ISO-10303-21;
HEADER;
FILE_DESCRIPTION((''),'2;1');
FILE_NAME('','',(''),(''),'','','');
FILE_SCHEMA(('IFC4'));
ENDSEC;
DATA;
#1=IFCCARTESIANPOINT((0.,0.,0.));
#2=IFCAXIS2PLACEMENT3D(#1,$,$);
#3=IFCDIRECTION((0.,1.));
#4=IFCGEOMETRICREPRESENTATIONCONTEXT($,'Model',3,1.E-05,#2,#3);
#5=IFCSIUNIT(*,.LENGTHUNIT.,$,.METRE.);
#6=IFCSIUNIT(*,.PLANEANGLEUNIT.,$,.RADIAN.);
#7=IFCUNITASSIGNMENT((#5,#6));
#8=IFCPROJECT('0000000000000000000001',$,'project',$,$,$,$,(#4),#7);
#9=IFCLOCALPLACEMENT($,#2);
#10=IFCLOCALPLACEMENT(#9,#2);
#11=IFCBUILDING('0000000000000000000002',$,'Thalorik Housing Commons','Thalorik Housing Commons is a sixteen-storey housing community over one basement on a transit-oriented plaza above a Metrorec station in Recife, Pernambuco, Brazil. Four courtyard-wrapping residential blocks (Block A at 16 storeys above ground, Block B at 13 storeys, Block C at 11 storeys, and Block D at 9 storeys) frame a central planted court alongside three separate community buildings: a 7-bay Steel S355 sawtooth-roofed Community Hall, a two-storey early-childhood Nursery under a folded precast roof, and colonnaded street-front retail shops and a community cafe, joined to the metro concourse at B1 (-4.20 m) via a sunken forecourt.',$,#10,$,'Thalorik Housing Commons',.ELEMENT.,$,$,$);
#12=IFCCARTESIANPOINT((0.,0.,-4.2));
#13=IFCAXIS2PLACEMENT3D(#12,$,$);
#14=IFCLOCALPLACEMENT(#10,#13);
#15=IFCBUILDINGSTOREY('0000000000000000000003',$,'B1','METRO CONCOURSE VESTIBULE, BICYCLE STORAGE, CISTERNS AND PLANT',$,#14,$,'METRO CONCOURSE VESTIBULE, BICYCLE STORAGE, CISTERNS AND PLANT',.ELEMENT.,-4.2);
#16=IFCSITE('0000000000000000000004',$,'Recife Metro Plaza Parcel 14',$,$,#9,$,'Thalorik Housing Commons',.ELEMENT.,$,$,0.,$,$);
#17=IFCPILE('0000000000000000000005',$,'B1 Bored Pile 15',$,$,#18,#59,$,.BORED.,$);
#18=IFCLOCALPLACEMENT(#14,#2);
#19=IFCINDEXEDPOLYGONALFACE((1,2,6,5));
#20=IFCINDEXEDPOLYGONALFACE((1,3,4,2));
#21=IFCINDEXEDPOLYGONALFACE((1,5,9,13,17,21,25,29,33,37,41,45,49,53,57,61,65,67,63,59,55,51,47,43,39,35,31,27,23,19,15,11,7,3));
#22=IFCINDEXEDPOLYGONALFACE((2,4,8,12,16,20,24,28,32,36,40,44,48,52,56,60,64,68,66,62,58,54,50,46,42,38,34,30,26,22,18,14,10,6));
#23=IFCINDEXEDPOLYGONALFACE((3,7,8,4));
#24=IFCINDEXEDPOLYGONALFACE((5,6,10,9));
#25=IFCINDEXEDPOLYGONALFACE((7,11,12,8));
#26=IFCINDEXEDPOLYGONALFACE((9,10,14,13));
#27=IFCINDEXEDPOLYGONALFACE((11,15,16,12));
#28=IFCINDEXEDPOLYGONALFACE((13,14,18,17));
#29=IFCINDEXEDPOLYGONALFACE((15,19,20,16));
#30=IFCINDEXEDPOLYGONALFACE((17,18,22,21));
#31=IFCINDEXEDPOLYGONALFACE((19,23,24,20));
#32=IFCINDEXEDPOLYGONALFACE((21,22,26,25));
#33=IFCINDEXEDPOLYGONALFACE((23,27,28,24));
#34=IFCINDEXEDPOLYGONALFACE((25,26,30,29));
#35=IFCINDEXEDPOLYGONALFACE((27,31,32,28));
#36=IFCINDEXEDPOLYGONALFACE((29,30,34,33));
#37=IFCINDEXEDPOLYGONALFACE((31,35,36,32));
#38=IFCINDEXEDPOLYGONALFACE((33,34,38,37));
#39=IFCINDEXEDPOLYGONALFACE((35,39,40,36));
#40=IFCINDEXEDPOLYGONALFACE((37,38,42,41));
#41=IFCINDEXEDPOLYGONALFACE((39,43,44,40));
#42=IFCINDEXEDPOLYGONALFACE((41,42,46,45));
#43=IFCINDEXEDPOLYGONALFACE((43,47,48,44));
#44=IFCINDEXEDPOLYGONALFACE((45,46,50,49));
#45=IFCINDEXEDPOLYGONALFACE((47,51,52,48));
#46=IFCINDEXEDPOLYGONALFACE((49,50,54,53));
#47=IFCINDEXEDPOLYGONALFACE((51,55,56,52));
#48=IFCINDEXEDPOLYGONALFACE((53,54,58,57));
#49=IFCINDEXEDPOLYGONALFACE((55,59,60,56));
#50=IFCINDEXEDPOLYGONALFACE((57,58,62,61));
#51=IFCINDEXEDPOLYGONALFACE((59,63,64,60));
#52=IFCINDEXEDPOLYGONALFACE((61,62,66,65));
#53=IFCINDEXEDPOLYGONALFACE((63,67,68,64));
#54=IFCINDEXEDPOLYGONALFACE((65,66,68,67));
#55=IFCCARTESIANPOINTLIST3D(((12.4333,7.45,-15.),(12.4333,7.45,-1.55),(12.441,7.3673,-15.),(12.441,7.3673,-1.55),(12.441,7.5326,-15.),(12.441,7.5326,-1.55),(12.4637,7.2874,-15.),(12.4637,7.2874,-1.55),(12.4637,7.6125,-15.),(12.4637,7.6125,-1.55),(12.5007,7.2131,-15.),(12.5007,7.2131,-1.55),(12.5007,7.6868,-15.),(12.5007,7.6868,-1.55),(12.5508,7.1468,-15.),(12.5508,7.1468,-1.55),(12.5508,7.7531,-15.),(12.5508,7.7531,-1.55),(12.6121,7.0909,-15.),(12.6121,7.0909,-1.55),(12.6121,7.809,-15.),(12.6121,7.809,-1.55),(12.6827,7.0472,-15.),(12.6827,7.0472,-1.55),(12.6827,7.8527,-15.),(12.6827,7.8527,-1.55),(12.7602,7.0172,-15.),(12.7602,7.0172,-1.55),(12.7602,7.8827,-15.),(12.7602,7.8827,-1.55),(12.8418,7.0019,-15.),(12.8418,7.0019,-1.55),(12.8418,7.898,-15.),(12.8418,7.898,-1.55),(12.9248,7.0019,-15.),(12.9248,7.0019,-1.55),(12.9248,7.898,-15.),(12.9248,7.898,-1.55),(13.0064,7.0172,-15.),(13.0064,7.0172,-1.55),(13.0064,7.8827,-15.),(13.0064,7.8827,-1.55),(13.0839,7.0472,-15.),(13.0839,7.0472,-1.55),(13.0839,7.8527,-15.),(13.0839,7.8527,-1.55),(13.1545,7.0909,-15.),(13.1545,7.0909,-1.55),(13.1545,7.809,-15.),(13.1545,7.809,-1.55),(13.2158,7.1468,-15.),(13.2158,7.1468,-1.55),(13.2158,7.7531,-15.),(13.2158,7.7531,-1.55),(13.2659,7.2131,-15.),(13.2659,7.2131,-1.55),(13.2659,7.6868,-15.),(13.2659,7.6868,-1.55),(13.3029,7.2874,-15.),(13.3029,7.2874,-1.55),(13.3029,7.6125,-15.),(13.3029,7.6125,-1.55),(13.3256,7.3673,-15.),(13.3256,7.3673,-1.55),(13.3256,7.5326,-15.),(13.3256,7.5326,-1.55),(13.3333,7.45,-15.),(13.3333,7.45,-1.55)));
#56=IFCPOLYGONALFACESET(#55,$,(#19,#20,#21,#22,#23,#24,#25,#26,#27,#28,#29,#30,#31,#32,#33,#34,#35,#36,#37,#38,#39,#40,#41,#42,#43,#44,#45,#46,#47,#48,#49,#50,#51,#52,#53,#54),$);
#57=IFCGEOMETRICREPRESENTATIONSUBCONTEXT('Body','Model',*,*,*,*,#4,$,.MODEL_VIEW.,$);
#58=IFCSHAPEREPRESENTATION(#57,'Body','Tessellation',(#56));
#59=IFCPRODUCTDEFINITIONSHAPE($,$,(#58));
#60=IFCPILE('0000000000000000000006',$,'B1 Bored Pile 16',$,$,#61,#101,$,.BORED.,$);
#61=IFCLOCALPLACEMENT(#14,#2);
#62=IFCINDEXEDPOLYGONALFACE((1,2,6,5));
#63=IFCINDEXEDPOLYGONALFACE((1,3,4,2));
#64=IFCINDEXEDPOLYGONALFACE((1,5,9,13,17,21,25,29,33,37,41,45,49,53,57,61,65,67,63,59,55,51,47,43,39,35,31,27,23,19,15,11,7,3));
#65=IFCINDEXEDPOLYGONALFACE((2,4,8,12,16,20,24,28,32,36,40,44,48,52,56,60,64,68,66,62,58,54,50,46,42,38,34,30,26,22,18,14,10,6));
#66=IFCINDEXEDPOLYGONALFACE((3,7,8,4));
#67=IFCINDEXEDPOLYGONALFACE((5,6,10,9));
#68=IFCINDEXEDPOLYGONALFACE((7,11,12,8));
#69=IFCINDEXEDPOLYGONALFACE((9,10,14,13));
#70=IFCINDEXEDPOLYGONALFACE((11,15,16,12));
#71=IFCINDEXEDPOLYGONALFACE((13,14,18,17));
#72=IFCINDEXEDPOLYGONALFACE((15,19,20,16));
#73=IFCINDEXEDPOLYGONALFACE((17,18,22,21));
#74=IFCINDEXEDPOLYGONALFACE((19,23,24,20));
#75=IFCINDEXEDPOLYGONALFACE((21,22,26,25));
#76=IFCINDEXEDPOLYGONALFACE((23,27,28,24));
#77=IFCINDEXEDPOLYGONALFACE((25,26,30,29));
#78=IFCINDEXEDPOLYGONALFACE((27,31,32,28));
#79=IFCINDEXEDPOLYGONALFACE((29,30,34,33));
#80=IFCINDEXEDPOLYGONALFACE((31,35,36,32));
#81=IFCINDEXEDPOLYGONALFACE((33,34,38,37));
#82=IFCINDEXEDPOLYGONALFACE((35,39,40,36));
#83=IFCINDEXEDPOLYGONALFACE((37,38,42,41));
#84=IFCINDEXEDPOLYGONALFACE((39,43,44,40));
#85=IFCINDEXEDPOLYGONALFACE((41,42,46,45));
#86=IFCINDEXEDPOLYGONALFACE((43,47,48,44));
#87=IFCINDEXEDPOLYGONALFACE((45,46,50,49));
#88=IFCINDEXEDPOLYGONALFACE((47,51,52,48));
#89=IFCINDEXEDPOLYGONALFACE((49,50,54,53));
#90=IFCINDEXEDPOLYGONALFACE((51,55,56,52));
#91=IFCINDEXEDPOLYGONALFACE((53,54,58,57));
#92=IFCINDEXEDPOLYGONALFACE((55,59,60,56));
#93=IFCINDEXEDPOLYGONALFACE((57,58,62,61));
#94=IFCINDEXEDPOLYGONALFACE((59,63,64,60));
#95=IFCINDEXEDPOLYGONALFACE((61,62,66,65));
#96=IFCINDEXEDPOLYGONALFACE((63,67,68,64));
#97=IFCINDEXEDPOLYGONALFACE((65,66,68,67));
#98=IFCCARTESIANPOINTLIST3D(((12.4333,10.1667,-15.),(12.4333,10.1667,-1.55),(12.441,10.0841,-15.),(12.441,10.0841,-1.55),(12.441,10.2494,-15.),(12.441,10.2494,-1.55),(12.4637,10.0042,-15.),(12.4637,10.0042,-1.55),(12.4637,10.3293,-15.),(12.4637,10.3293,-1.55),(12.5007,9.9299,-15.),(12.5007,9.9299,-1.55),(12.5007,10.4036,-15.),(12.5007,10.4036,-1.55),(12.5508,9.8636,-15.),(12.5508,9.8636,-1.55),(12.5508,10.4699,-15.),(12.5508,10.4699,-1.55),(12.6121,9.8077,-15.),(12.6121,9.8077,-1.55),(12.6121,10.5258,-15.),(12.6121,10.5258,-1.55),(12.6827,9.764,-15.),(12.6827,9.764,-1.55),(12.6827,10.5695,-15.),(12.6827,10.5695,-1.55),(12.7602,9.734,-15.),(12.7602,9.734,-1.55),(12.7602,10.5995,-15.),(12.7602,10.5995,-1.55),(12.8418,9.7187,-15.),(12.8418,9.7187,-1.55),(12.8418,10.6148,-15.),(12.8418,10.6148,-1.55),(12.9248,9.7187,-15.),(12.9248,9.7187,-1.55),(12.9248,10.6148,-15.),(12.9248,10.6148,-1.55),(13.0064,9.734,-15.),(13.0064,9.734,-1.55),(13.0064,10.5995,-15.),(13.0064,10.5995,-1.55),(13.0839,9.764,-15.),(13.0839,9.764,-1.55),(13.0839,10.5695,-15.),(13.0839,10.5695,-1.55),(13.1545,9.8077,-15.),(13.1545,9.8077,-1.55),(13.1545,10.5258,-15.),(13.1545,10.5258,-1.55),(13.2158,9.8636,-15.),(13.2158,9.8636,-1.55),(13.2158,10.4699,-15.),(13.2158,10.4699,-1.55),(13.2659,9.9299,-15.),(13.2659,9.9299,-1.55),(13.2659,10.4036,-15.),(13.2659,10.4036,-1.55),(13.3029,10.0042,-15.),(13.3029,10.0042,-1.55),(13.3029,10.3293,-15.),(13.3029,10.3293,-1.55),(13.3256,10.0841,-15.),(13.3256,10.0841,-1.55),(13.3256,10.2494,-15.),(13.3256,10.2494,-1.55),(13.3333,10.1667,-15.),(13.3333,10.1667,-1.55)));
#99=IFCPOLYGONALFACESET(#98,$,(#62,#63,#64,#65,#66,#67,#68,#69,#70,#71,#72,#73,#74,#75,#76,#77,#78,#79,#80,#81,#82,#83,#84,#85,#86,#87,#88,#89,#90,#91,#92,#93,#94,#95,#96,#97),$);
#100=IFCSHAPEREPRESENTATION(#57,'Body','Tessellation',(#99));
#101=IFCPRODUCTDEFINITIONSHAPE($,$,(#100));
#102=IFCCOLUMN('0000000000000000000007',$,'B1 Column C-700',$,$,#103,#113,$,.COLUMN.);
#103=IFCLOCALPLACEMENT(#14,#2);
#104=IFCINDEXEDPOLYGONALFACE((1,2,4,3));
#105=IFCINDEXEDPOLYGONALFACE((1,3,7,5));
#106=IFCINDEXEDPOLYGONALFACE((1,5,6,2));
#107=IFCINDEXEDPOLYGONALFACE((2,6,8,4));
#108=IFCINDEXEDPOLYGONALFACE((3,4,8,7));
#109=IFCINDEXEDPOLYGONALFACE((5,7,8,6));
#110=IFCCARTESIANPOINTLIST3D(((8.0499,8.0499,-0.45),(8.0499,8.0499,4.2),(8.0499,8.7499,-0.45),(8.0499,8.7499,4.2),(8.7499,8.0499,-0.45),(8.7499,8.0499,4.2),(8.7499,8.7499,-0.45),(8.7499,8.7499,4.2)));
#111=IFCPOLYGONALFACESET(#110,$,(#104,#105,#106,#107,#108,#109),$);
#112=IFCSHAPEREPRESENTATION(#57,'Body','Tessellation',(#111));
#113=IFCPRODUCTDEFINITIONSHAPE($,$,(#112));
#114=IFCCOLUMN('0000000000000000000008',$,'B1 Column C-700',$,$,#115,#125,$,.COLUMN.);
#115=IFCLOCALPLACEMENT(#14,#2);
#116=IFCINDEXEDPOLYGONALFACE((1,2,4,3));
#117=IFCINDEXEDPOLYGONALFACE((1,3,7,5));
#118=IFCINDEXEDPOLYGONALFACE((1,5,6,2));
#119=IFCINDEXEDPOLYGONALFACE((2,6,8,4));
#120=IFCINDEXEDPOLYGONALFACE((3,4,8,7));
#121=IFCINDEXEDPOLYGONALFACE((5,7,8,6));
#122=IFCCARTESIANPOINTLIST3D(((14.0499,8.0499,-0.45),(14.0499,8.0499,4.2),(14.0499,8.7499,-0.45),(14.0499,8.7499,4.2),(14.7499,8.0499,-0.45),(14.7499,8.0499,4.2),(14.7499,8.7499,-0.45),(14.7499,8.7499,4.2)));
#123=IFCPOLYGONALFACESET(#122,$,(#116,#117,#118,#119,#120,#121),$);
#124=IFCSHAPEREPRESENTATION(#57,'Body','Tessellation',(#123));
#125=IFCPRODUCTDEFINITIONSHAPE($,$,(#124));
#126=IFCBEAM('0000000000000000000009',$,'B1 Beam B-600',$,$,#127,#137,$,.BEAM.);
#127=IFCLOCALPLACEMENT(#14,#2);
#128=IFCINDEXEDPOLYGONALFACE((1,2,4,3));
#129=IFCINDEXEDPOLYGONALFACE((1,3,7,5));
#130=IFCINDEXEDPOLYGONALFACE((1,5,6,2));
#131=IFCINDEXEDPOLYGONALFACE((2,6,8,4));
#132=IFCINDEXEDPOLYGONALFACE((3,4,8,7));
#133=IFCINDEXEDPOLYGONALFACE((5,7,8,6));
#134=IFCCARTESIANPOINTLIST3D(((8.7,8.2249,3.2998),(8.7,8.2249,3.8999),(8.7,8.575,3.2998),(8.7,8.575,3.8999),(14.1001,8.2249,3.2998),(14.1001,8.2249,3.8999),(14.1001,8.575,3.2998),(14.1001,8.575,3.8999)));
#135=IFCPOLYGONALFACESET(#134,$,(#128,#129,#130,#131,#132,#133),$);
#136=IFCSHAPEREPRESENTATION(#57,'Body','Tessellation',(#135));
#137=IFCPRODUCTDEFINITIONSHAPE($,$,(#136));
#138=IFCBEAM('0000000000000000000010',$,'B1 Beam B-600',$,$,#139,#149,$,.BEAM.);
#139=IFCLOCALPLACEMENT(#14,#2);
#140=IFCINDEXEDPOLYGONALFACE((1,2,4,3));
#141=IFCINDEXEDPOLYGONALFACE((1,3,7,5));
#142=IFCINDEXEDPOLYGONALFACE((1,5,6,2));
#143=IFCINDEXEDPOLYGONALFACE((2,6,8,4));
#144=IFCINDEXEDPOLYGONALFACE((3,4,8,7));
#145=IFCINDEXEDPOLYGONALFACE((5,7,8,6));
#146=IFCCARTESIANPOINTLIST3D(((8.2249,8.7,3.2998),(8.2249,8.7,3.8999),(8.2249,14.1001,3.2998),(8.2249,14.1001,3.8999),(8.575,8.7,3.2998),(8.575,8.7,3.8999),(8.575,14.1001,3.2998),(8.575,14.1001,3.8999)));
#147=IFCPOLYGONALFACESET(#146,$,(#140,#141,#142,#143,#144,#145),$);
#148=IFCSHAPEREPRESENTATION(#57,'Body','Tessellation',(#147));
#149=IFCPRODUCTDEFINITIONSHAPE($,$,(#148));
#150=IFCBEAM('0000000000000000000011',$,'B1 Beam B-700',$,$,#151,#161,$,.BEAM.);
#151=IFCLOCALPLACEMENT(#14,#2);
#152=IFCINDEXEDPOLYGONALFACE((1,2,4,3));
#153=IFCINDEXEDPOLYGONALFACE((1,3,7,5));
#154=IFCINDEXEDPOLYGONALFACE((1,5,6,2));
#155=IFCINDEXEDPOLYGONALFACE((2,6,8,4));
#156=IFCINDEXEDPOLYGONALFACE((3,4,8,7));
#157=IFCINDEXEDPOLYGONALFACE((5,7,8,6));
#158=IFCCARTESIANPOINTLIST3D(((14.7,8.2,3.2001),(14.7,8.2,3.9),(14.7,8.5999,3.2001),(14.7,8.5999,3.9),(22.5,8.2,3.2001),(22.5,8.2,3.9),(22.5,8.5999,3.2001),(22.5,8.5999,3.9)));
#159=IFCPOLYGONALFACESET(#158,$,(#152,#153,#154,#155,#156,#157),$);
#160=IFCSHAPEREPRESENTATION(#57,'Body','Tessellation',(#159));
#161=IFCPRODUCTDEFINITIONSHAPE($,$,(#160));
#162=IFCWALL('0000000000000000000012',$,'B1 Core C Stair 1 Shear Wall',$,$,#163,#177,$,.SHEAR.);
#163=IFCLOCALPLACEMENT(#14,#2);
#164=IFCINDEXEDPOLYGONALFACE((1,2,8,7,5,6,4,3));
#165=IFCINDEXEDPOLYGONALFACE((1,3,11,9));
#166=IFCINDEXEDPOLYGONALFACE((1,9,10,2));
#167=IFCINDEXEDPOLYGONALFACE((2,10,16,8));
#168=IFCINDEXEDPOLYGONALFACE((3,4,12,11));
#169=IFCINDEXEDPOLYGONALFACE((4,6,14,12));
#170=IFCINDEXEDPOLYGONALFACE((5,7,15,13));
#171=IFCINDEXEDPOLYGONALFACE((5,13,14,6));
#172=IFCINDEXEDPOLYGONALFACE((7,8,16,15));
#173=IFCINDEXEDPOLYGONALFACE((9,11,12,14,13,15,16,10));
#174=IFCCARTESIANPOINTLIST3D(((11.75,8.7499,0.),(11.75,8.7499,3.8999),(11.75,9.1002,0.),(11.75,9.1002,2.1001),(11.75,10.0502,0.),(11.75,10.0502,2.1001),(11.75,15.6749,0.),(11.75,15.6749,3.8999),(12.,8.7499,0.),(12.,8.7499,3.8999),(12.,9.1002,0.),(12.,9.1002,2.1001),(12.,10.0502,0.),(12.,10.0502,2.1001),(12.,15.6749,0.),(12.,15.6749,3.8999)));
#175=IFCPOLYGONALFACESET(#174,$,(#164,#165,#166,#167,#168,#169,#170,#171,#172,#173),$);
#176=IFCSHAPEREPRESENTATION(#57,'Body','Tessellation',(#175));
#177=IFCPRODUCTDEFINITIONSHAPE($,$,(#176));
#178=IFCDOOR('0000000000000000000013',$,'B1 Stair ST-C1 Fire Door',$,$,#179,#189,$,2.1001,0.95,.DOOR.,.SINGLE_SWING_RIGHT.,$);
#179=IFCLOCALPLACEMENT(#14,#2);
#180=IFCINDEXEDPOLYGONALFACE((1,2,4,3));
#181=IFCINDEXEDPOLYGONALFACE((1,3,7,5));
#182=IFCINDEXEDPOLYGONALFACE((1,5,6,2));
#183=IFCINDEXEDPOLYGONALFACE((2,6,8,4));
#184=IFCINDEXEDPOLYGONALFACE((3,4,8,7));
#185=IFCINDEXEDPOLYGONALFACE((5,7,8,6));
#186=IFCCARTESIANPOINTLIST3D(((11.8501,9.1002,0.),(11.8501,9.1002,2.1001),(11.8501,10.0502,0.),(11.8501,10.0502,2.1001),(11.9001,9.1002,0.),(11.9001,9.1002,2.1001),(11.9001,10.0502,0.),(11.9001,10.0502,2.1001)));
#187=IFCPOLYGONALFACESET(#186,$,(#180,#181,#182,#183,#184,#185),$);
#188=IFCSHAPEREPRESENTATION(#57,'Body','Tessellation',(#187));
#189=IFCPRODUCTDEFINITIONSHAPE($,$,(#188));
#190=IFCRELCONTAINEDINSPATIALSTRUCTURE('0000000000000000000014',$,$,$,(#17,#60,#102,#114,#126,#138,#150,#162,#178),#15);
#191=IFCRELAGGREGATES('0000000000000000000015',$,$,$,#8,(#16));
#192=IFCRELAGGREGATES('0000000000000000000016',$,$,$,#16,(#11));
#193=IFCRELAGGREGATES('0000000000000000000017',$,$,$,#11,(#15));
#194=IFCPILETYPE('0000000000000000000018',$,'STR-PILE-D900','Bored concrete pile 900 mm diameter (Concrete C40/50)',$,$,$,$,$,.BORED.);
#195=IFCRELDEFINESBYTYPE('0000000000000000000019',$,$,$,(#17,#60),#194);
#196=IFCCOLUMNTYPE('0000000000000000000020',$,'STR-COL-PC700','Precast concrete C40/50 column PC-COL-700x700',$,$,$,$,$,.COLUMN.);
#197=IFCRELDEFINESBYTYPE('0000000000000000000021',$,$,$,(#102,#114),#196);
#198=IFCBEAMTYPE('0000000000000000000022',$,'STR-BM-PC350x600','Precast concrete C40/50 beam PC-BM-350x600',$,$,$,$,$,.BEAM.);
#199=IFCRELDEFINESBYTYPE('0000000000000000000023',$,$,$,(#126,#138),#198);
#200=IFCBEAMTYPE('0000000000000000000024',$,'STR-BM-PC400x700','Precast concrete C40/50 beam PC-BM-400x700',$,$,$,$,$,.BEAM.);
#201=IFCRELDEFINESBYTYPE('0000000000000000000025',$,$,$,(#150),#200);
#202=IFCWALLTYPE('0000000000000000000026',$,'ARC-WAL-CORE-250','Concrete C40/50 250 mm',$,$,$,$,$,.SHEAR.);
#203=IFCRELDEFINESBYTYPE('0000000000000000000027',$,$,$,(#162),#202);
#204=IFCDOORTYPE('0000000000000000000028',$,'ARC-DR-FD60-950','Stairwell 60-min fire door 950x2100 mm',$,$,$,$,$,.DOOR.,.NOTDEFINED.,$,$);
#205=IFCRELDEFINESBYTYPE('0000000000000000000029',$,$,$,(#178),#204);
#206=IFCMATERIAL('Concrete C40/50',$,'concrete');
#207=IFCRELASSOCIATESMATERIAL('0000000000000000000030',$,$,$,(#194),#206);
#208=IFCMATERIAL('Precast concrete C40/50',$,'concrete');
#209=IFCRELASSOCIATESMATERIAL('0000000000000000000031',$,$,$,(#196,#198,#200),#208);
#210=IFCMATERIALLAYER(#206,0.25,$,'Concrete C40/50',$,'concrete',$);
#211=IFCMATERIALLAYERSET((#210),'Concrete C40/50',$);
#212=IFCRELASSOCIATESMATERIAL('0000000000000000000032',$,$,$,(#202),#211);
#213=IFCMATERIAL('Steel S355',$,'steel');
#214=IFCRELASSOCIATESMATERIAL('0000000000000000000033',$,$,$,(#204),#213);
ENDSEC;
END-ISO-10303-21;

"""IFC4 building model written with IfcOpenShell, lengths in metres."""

from ifc_helpers import new_model, si_unit, direction, frame, frame_2d, origin, origin_2d, place, context, subcontext, project, spatial, rectangle, circle, extrude, material, layer, layer_set, material_profile, profile_set, type_object, element, fill, save


model = new_model("IFC4")

# Units and contexts
model_context = context("Model", 3, precision=1e-05, world=origin(), true_north=direction((0.0, 1.0)))
body_context = subcontext(model_context, "Body", "Model", "MODEL_VIEW")
ifc_project = project(units=[si_unit("LENGTHUNIT", "METRE"), si_unit("PLANEANGLEUNIT", "RADIAN")], contexts=[model_context])

# Site, building, storey
site_placement = place(None, origin())
site = spatial("IfcSite", under=ifc_project, at=site_placement, Name="Recife Metro Plaza Parcel 14", LongName="Thalorik Housing Commons", CompositionType="ELEMENT", RefElevation=0.0)
building_placement = place(site_placement, origin())
building = spatial("IfcBuilding", under=site, at=building_placement, Name="Thalorik Housing Commons", Description="Thalorik Housing Commons is a sixteen-storey housing community over one basement on a transit-oriented plaza above a Metrorec station in Recife, Pernambuco, Brazil. Four courtyard-wrapping residential blocks (Block A at 16 storeys above ground, Block B at 13 storeys, Block C at 11 storeys, and Block D at 9 storeys) frame a central planted court alongside three separate community buildings: a 7-bay Steel S355 sawtooth-roofed Community Hall, a two-storey early-childhood Nursery under a folded precast roof, and colonnaded street-front retail shops and a community cafe, joined to the metro concourse at B1 (-4.20 m) via a sunken forecourt.", LongName="Thalorik Housing Commons", CompositionType="ELEMENT")
storey_placement = place(building_placement, frame((0.0, 0.0, -4.2)))
storey = spatial("IfcBuildingStorey", under=building, at=storey_placement, Name="B1", Description="METRO CONCOURSE VESTIBULE, BICYCLE STORAGE, CISTERNS AND PLANT", LongName="METRO CONCOURSE VESTIBULE, BICYCLE STORAGE, CISTERNS AND PLANT", CompositionType="ELEMENT", Elevation=-4.2)

# Piles
ifc_material_1 = material(Name="Concrete C40/50", Category="concrete")
ifc_material_profile_1 = material_profile(ifc_material_1, circle(Radius=0.45, at=origin_2d()), Name="BORED PILE D900", Category="concrete")
ifc_profile_set_1 = profile_set([ifc_material_profile_1], Name="Concrete C40/50")
pile_type = type_object("IfcPileType", Name="STR-PILE-D900", Description="Bored concrete pile 900 mm diameter (Concrete C40/50)", PredefinedType="BORED", material=ifc_profile_set_1)
for number, where, z_axis, x_axis, name in (
    (1, (12.8833, 7.45, -1.55), (0.0, 0.0, -1.0), (1.0, 0.0, 0.0), "B1 Bored Pile 15"),
    (2, (12.8833, 10.1667, -1.55), (0.0, 0.0, -1.0), (1.0, 0.0, 0.0), "B1 Bored Pile 16"),
):
    element("IfcPile", number, at=place(storey_placement, frame(where, z_axis=z_axis, x_axis=x_axis)), inside=storey, type_object=pile_type, Name=name, PredefinedType="BORED", context=body_context, shape_type="SweptSolid", body=[
        extrude(circle(Radius=0.45, at=origin_2d()), origin(), (0.0, 0.0, 1.0), 13.45),
    ])

# Columns
ifc_material_2 = material(Name="Precast concrete C40/50", Category="concrete")
ifc_material_profile_2 = material_profile(ifc_material_2, rectangle(XDim=0.7, YDim=0.7, at=origin_2d()), Name="PC 700x700", Category="concrete")
ifc_profile_set_2 = profile_set([ifc_material_profile_2], Name="Precast concrete C40/50")
column_type = type_object("IfcColumnType", Name="STR-COL-PC700", Description="Precast concrete C40/50 column PC-COL-700x700", PredefinedType="COLUMN", material=ifc_profile_set_2)
for number, where, z_axis, x_axis, name in (
    (3, (8.3999, 8.3999, -0.45), (0.0, 0.0, 1.0), (1.0, 0.0, 0.0), "B1 Column C-700"),
    (4, (14.3999, 8.3999, -0.45), (0.0, 0.0, 1.0), (1.0, 0.0, 0.0), "B1 Column C-700"),
):
    element("IfcColumn", number, at=place(storey_placement, frame(where, z_axis=z_axis, x_axis=x_axis)), inside=storey, type_object=column_type, Name=name, PredefinedType="COLUMN", context=body_context, shape_type="SweptSolid", body=[
        extrude(rectangle(XDim=0.7, YDim=0.7, at=origin_2d()), origin(), (0.0, 0.0, 1.0), 4.6499),
    ])

# Beams
ifc_material_profile_3 = material_profile(ifc_material_2, rectangle(XDim=0.3501, YDim=0.6001, at=origin_2d()), Name="PC 350x600", Category="concrete")
ifc_profile_set_3 = profile_set([ifc_material_profile_3], Name="Precast concrete C40/50")
beam_type_1 = type_object("IfcBeamType", Name="STR-BM-PC350x600", Description="Precast concrete C40/50 beam PC-BM-350x600", PredefinedType="BEAM", material=ifc_profile_set_3)
for number, where, z_axis, x_axis, name in (
    (5, (8.7, 8.3999, 3.5999), (1.0, 0.0, 0.0), (0.0, 1.0, 0.0), "B1 Beam B-600"),
    (6, (8.3999, 8.7, 3.5999), (0.0, 1.0, 0.0), (-1.0, 0.0, 0.0), "B1 Beam B-600"),
):
    element("IfcBeam", number, at=place(storey_placement, frame(where, z_axis=z_axis, x_axis=x_axis)), inside=storey, type_object=beam_type_1, Name=name, PredefinedType="BEAM", context=body_context, shape_type="SweptSolid", body=[
        extrude(rectangle(XDim=0.3501, YDim=0.6001, at=origin_2d()), origin(), (0.0, 0.0, 1.0), 5.4001),
    ])
ifc_material_profile_4 = material_profile(ifc_material_2, rectangle(XDim=0.3999, YDim=0.7, at=origin_2d()), Name="PC 400x700", Category="concrete")
ifc_profile_set_4 = profile_set([ifc_material_profile_4], Name="Precast concrete C40/50")
beam_type_2 = type_object("IfcBeamType", Name="STR-BM-PC400x700", Description="Precast concrete C40/50 beam PC-BM-400x700", PredefinedType="BEAM", material=ifc_profile_set_4)
beam_placement = place(storey_placement, frame((14.7, 8.3999, 3.55), z_axis=(1.0, 0.0, 0.0), x_axis=(0.0, 1.0, 0.0)))
element("IfcBeam", 7, at=beam_placement, inside=storey, type_object=beam_type_2, Name="B1 Beam B-700", PredefinedType="BEAM", context=body_context, shape_type="SweptSolid", body=[
    extrude(rectangle(XDim=0.3999, YDim=0.7, at=origin_2d()), origin(), (0.0, 0.0, 1.0), 7.8),
])

# Wall, opening, door
ifc_layer_1 = layer(ifc_material_1, 0.25, Name="Concrete C40/50", Category="concrete")
ifc_layer_set_1 = layer_set([ifc_layer_1], Name="Concrete C40/50")
wall_type_1 = type_object("IfcWallType", Name="ARC-WAL-CORE-250", Description="Concrete C40/50 250 mm", PredefinedType="SHEAR", material=ifc_layer_set_1)
wall_1_placement = place(storey_placement, frame((11.875, 8.75, 0.0), z_axis=(0.0, 0.0, 1.0), x_axis=(0.0, 1.0, 0.0)))
wall_1 = element("IfcWall", 8, at=wall_1_placement, inside=storey, type_object=wall_type_1, Name="B1 Core C Stair 1 Shear Wall", PredefinedType="SHEAR", context=body_context, shape_type="SweptSolid", body=[
    extrude(rectangle(XDim=6.925, YDim=0.25, at=frame_2d((3.4624, 0.0))), origin(), (0.0, 0.0, 1.0), 3.8999),
])
opening_placement = place(wall_1_placement, frame((0.3501, 0.0, 0.0)))
opening = element("IfcOpeningElement", 9, at=opening_placement, cuts=wall_1, PredefinedType="OPENING", context=body_context, shape_type="SweptSolid", body=[
    extrude(rectangle(XDim=0.95, YDim=2.1001, at=frame_2d((0.4751, 1.05))), frame((0.0, 0.135, 0.0), z_axis=(0.0, -1.0, 0.0), x_axis=(1.0, 0.0, 0.0)), (0.0, 0.0, 1.0), 0.27),
])
ifc_material_3 = material(Name="Steel S355", Category="steel")
door_type = type_object("IfcDoorType", Name="ARC-DR-FD60-950", Description="Stairwell 60-min fire door 950x2100 mm", OperationType="NOTDEFINED", PredefinedType="DOOR", material=ifc_material_3)
door_placement = place(opening_placement, origin())
door = element("IfcDoor", 10, at=door_placement, inside=storey, type_object=door_type, Name="B1 Stair ST-C1 Fire Door", OperationType="SINGLE_SWING_RIGHT", OverallHeight=2.1001, OverallWidth=0.95, PredefinedType="DOOR", context=body_context, shape_type="SweptSolid", body=[
    extrude(rectangle(XDim=0.95, YDim=2.1001, at=frame_2d((0.4751, 1.05))), frame((0.0, 0.0249, 0.0), z_axis=(0.0, -1.0, 0.0), x_axis=(1.0, 0.0, 0.0)), (0.0, 0.0, 1.0), 0.05),
])
fill(opening, door)

save(model, "model.ifc")
